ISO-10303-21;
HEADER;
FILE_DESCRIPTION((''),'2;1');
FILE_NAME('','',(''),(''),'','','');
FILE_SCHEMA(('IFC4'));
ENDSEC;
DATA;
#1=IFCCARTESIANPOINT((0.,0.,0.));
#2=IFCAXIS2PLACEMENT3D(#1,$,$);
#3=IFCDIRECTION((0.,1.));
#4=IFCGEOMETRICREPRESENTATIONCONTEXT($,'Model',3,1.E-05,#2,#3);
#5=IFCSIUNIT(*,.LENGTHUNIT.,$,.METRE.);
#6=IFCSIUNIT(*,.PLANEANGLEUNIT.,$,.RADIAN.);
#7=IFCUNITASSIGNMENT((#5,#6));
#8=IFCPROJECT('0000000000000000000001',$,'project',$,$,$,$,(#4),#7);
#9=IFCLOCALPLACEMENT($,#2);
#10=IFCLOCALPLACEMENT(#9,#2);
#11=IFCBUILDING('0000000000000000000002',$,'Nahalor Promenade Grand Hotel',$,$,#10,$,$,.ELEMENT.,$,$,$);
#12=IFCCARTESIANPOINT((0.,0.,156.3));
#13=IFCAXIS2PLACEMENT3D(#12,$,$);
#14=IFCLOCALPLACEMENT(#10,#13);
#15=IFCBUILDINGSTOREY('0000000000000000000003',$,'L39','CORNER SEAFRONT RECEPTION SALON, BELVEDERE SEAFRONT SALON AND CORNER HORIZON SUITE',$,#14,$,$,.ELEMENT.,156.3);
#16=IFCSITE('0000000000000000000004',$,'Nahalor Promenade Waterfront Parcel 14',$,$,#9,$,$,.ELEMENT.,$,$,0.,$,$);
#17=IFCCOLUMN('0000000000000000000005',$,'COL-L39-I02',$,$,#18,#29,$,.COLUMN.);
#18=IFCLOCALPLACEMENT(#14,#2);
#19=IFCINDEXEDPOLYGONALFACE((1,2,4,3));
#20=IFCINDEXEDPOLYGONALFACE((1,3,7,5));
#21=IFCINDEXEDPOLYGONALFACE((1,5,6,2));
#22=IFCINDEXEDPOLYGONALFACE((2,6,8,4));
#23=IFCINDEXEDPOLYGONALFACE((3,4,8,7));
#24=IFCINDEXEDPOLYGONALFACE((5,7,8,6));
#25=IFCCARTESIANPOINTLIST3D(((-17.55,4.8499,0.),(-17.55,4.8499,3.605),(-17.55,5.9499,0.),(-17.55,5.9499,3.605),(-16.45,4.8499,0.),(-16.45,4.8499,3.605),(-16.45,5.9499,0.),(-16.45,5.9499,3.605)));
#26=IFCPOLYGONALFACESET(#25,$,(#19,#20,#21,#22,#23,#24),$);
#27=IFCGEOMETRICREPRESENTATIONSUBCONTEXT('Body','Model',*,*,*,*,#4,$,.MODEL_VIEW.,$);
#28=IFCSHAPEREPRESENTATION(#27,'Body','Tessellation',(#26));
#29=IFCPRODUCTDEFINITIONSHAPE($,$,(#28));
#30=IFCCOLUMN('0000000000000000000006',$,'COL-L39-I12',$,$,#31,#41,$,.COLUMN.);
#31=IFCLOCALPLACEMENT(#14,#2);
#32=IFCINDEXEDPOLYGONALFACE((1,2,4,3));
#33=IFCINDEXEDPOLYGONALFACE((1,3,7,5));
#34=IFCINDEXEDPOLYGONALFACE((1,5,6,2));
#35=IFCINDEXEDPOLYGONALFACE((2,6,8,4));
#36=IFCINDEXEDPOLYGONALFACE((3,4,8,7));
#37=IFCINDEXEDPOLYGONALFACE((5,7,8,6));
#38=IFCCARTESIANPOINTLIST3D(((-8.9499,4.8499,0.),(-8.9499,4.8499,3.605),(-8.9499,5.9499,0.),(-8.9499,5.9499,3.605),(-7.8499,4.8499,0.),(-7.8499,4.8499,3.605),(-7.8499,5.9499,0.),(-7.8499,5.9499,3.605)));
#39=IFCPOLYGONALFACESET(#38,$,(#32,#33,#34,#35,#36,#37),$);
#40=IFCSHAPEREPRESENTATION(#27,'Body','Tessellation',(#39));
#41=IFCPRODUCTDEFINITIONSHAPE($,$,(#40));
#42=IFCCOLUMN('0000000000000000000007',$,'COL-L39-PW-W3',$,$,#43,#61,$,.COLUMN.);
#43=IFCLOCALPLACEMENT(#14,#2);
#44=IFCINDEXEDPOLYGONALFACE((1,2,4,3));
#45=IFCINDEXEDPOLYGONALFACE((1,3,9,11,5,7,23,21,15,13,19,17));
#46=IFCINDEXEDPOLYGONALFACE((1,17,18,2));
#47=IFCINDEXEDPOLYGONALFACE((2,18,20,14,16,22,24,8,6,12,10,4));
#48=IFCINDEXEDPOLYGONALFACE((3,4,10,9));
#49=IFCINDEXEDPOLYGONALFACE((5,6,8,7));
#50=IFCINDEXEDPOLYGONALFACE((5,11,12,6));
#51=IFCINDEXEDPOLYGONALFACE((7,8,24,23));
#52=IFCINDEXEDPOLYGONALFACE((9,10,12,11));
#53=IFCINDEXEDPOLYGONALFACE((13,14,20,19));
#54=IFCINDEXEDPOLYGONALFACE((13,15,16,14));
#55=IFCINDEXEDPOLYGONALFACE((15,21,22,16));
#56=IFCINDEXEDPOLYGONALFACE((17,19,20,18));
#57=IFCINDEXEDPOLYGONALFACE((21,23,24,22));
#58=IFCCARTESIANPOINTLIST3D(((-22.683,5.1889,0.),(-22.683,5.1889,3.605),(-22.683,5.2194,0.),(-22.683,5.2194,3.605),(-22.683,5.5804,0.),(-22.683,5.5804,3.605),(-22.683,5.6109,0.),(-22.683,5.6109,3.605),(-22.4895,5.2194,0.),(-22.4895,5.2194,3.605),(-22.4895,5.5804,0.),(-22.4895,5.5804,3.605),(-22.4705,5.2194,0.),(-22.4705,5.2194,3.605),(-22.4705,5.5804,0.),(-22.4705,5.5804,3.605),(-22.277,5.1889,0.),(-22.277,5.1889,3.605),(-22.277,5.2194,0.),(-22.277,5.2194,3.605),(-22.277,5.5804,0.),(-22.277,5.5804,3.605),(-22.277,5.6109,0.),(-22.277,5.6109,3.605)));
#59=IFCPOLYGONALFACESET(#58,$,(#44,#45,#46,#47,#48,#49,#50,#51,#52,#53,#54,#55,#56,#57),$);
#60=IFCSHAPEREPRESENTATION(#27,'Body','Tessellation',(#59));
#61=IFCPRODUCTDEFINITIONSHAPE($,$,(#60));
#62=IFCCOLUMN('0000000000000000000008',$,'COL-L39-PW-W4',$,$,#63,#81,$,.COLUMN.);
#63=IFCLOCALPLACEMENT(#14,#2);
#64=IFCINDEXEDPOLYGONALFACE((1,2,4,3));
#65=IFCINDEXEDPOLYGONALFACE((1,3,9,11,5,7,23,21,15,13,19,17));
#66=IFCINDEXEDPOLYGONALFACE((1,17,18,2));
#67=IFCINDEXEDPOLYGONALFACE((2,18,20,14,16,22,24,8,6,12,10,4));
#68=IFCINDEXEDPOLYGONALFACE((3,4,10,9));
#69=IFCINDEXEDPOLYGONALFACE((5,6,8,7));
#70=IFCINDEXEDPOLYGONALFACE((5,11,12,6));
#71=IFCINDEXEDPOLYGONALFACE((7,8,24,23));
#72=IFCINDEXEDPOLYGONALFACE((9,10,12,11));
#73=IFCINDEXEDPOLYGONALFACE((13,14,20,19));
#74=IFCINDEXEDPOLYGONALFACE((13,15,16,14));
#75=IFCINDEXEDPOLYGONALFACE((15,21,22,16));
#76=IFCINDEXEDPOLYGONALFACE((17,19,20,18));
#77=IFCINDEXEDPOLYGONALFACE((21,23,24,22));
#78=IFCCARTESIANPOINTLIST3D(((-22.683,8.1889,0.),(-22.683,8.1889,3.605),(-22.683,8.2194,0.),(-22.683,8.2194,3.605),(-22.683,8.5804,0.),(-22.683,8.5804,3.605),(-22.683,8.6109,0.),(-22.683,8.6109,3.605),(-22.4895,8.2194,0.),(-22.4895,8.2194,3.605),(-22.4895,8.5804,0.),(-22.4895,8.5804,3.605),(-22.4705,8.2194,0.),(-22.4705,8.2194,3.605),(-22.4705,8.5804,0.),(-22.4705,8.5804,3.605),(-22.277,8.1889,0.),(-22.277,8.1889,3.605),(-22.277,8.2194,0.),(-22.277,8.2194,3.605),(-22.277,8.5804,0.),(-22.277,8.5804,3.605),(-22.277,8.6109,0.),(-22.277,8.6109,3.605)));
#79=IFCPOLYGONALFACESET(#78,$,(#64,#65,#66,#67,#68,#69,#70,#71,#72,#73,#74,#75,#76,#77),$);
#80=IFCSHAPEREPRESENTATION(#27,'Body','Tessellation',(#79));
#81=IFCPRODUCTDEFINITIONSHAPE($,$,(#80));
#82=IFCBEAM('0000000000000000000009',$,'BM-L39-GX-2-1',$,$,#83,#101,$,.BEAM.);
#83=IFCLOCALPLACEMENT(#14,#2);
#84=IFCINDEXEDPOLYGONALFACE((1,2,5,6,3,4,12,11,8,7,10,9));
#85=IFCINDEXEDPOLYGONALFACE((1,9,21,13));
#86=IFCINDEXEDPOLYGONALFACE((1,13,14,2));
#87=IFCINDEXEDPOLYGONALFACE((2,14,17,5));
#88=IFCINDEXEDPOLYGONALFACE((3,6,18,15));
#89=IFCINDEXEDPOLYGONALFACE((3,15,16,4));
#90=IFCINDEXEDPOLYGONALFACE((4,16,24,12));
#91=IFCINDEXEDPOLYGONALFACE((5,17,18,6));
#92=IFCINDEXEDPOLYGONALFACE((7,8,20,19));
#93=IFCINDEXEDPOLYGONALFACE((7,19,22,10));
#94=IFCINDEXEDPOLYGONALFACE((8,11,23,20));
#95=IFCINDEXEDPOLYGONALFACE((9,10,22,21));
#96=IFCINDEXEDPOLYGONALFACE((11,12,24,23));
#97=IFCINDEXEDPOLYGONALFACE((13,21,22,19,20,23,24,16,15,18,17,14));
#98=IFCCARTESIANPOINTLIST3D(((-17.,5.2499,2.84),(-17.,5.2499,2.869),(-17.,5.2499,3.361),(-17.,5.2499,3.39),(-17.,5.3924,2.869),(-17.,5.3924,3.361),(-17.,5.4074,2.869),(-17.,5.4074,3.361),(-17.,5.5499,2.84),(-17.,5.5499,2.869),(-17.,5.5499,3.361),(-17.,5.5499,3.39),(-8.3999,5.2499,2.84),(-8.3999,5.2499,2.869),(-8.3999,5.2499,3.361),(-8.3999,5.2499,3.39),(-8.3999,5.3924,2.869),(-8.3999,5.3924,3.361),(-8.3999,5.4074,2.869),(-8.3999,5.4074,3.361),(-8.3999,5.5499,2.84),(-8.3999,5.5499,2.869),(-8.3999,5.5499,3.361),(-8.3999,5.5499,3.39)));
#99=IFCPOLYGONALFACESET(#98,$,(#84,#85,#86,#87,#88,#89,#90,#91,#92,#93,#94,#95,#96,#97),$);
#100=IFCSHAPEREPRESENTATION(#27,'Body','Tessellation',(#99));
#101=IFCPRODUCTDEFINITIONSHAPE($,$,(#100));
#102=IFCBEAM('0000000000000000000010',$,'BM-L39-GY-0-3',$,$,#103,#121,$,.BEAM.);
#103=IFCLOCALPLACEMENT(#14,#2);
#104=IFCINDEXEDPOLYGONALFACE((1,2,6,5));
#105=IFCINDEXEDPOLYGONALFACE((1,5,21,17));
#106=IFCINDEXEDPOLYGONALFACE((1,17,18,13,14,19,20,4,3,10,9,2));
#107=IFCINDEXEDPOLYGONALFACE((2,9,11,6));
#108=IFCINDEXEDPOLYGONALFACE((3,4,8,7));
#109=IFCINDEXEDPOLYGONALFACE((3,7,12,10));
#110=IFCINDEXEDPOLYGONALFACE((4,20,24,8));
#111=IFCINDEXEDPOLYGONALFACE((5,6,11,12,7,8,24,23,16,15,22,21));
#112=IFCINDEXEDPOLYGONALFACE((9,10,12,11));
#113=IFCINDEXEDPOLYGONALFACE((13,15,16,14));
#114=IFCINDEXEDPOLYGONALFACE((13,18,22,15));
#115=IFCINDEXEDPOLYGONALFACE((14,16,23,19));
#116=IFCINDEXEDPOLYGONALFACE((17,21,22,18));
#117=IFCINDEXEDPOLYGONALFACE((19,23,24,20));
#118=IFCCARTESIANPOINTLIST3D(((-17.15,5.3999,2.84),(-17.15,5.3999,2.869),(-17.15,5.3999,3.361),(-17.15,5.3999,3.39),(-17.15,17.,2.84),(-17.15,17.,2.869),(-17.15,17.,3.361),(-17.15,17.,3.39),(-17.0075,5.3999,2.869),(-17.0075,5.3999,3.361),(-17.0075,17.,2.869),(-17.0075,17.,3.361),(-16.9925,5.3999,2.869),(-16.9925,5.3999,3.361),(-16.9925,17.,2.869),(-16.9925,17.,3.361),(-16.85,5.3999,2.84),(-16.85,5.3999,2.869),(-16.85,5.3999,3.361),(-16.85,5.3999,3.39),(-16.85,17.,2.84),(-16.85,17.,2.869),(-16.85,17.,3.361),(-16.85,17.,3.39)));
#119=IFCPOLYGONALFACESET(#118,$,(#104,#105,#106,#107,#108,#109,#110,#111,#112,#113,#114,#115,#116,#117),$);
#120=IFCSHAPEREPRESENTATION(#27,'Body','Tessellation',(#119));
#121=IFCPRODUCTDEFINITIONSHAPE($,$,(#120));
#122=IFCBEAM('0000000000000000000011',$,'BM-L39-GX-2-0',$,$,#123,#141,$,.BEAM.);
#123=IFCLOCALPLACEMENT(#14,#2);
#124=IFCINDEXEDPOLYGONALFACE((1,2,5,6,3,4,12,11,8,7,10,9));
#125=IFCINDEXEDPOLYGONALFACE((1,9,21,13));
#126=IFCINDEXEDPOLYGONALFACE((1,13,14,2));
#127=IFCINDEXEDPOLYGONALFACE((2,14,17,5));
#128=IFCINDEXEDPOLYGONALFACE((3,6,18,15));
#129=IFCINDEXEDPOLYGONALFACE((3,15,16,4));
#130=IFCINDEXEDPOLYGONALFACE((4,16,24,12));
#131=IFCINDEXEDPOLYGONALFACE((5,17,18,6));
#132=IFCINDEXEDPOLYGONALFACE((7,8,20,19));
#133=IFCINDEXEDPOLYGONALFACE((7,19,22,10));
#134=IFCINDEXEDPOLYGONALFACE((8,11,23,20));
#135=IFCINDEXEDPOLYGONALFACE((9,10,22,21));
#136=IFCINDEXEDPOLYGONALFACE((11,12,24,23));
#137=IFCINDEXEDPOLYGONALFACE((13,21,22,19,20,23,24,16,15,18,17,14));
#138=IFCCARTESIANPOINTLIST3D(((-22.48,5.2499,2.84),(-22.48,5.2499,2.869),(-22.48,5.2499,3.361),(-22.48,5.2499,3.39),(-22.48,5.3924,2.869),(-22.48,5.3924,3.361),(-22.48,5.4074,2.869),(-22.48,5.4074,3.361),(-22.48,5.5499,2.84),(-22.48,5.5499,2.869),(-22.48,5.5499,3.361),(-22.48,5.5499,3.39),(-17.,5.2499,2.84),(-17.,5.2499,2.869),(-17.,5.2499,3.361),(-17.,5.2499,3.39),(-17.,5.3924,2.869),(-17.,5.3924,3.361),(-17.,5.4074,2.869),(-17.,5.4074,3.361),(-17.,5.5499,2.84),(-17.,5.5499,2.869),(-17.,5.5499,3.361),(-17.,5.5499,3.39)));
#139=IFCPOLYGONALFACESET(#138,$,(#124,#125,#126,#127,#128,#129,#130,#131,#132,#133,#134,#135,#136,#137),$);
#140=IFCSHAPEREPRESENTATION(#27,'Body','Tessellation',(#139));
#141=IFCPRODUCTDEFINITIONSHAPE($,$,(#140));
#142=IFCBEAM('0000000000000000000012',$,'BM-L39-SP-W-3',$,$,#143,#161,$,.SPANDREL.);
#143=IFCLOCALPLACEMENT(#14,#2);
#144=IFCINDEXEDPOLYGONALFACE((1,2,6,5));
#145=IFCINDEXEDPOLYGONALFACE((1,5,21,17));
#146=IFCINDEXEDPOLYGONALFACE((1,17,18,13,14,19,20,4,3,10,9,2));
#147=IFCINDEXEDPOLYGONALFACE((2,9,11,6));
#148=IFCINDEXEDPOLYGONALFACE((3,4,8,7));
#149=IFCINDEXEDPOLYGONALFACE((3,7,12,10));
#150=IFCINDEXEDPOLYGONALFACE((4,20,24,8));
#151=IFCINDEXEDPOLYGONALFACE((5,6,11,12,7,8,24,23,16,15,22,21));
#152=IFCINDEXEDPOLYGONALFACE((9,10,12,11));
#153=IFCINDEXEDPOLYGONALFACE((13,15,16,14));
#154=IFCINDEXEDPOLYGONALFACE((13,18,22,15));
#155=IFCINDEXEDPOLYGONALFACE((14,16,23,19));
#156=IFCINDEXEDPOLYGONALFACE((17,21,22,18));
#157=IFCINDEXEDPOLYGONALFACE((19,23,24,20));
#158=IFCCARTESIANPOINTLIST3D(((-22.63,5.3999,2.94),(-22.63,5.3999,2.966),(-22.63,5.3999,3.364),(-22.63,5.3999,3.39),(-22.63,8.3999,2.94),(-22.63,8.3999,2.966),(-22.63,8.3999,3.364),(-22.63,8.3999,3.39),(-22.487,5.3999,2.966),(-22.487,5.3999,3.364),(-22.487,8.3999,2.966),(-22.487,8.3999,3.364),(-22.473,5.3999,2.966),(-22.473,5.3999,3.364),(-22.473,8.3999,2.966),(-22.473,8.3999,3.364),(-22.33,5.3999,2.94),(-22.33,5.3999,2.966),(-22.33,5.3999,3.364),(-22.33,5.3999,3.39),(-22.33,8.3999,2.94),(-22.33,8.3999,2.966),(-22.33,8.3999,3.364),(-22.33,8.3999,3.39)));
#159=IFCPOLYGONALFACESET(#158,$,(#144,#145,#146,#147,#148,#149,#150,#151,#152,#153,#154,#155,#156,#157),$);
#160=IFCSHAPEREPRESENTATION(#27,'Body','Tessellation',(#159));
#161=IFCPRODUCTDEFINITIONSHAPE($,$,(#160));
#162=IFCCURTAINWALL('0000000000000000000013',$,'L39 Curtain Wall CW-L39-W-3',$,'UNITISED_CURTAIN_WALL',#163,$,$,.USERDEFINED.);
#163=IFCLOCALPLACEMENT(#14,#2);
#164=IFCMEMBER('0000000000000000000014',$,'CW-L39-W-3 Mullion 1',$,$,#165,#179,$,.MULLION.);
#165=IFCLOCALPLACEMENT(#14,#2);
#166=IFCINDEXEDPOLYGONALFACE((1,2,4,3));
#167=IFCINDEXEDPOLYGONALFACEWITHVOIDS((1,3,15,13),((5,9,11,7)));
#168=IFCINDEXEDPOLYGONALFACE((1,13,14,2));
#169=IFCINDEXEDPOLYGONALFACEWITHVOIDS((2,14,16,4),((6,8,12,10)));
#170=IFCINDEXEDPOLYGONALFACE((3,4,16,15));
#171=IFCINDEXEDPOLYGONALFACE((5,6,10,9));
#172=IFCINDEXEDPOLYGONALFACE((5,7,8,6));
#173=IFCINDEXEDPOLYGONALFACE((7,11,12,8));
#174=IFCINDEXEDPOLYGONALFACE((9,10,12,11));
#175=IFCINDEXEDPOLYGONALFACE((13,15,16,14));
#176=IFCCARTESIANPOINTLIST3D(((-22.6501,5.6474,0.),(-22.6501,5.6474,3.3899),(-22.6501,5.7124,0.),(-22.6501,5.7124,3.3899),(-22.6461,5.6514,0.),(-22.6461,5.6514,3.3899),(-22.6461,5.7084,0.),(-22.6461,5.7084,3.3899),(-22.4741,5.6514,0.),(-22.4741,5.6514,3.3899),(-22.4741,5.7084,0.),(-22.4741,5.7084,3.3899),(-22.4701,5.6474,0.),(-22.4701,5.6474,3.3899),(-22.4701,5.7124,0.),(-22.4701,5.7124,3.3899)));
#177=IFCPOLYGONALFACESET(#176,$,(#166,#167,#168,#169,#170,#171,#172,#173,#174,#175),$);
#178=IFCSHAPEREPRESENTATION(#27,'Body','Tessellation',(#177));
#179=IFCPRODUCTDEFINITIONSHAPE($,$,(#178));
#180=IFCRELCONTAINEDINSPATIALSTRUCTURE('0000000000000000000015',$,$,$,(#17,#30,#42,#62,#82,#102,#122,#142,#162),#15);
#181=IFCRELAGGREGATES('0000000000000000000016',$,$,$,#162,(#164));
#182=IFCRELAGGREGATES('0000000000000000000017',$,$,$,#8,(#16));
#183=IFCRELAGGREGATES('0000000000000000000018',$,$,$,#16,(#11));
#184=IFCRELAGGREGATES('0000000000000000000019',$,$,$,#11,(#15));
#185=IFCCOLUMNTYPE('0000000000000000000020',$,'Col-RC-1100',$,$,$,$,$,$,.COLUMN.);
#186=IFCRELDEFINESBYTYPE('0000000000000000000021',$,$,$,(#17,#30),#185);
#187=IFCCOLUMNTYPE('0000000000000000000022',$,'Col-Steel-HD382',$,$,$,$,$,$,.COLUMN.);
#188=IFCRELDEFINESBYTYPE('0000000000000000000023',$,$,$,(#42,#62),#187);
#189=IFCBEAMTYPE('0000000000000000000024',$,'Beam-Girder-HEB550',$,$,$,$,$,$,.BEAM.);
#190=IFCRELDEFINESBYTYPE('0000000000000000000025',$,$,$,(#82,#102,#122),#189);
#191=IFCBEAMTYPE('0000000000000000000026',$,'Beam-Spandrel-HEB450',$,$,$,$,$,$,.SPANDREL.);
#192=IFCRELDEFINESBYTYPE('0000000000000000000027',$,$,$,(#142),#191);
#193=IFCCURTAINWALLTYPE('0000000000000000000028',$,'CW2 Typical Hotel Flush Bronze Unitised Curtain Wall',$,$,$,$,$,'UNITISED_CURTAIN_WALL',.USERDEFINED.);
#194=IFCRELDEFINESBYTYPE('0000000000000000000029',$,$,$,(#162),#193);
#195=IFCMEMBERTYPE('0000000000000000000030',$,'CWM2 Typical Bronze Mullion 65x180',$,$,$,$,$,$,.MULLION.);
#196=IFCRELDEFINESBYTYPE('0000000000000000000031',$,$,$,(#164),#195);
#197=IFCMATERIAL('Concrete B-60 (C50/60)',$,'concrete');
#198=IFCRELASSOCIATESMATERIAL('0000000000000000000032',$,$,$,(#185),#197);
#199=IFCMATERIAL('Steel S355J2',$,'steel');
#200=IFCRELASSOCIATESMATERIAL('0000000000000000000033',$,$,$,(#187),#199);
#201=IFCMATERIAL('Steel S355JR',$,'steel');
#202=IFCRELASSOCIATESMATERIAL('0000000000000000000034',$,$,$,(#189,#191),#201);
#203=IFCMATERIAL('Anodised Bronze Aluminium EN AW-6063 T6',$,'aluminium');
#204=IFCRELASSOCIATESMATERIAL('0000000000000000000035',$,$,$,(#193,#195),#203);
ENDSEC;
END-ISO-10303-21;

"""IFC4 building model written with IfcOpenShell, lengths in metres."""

from ifc_helpers import new_model, si_unit, direction, frame, origin, origin_2d, place, context, subcontext, project, spatial, rectangle, hollow_rectangle, i_section, extrude, source, transform, mapped, material, material_profile, profile_set, type_object, element, aggregate, save


model = new_model("IFC4")

# Units and contexts
model_context = context("Model", 3, precision=1e-05, world=origin(), true_north=direction((0.0, 1.0)))
body_context = subcontext(model_context, "Body", "Model", "MODEL_VIEW")
ifc_project = project(units=[si_unit("LENGTHUNIT", "METRE"), si_unit("PLANEANGLEUNIT", "RADIAN")], contexts=[model_context])

# Site, building, storey
site_placement = place(None, origin())
site = spatial("IfcSite", under=ifc_project, at=site_placement, Name="Nahalor Promenade Waterfront Parcel 14", CompositionType="ELEMENT", RefElevation=0.0)
building_placement = place(site_placement, origin())
building = spatial("IfcBuilding", under=site, at=building_placement, Name="Nahalor Promenade Grand Hotel", CompositionType="ELEMENT")
storey_placement = place(building_placement, frame((0.0, 0.0, 156.3)))
storey = spatial("IfcBuildingStorey", under=building, at=storey_placement, Name="L39", Description="CORNER SEAFRONT RECEPTION SALON, BELVEDERE SEAFRONT SALON AND CORNER HORIZON SUITE", CompositionType="ELEMENT", Elevation=156.3)

# Columns
ifc_material_1 = material(Name="Concrete B-60 (C50/60)", Category="concrete")
ifc_material_profile_1 = material_profile(ifc_material_1, rectangle(XDim=1.1, YDim=1.1, at=origin_2d()), Name="RC 1100x1100")
ifc_profile_set_1 = profile_set([ifc_material_profile_1], Name="Concrete B-60 (C50/60)")
column_type_1 = type_object("IfcColumnType", Name="Col-RC-1100", PredefinedType="COLUMN", material=ifc_profile_set_1)
shared_shape_1 = source(origin(), body_context, "Body", "SweptSolid", [
    extrude(rectangle(XDim=1.1, YDim=1.1, at=origin_2d()), origin(), (0.0, 0.0, 1.0), 3.605),
])
for number, where, z_axis, x_axis, name in (
    (1, (-17.0, 5.3999, 0.0), (0.0, 0.0, 1.0), (1.0, 0.0, 0.0), "COL-L39-I02"),
    (2, (-8.3999, 5.3999, 0.0), (0.0, 0.0, 1.0), (1.0, 0.0, 0.0), "COL-L39-I12"),
):
    element("IfcColumn", number, at=place(storey_placement, frame(where, z_axis=z_axis, x_axis=x_axis)), inside=storey, type_object=column_type_1, Name=name, PredefinedType="COLUMN", context=body_context, shape_type="MappedRepresentation", body=[
        mapped(shared_shape_1, transform((0.0, 0.0, 0.0), scale=1.0)),
    ])
ifc_material_2 = material(Name="Steel S355J2", Category="steel")
ifc_material_profile_2 = material_profile(ifc_material_2, i_section(OverallWidth=0.406, OverallDepth=0.422, WebThickness=0.019, FlangeThickness=0.0305, at=origin_2d()), Name="HD 400x382")
ifc_profile_set_2 = profile_set([ifc_material_profile_2], Name="Steel S355J2")
column_type_2 = type_object("IfcColumnType", Name="Col-Steel-HD382", PredefinedType="COLUMN", material=ifc_profile_set_2)
shared_shape_2 = source(origin(), body_context, "Body", "SweptSolid", [
    extrude(i_section(OverallWidth=0.406, OverallDepth=0.422, WebThickness=0.019, FlangeThickness=0.0305, at=origin_2d()), origin(), (0.0, 0.0, 1.0), 3.605),
])
for number, where, z_axis, x_axis, name in (
    (3, (-22.48, 5.3999, 0.0), (0.0, 0.0, 1.0), (1.0, 0.0, 0.0), "COL-L39-PW-W3"),
    (4, (-22.48, 8.3999, 0.0), (0.0, 0.0, 1.0), (1.0, 0.0, 0.0), "COL-L39-PW-W4"),
):
    element("IfcColumn", number, at=place(storey_placement, frame(where, z_axis=z_axis, x_axis=x_axis)), inside=storey, type_object=column_type_2, Name=name, PredefinedType="COLUMN", context=body_context, shape_type="MappedRepresentation", body=[
        mapped(shared_shape_2, transform((0.0, 0.0, 0.0), scale=1.0)),
    ])

# Beams
ifc_material_3 = material(Name="Steel S355JR", Category="steel")
ifc_material_profile_3 = material_profile(ifc_material_3, i_section(OverallWidth=0.3, OverallDepth=0.55, WebThickness=0.015, FlangeThickness=0.029, at=origin_2d()), Name="HEB 550")
ifc_profile_set_3 = profile_set([ifc_material_profile_3], Name="Steel S355JR")
beam_type_1 = type_object("IfcBeamType", Name="Beam-Girder-HEB550", PredefinedType="BEAM", material=ifc_profile_set_3)
shared_shape_3 = source(origin(), body_context, "Body", "SweptSolid", [
    extrude(i_section(OverallWidth=0.3, OverallDepth=0.55, WebThickness=0.015, FlangeThickness=0.029, at=origin_2d()), origin(), (0.0, 0.0, 1.0), 8.6001),
])
beam_1_placement = place(storey_placement, frame((-17.0, 5.3999, 3.115), z_axis=(1.0, 0.0, 0.0), x_axis=(0.0, 1.0, 0.0)))
element("IfcBeam", 5, at=beam_1_placement, inside=storey, type_object=beam_type_1, Name="BM-L39-GX-2-1", PredefinedType="BEAM", context=body_context, shape_type="MappedRepresentation", body=[
    mapped(shared_shape_3, transform((0.0, 0.0, 0.0), scale=1.0)),
])
shared_shape_4 = source(origin(), body_context, "Body", "SweptSolid", [
    extrude(i_section(OverallWidth=0.3, OverallDepth=0.55, WebThickness=0.015, FlangeThickness=0.029, at=origin_2d()), origin(), (0.0, 0.0, 1.0), 11.6001),
])
beam_2_placement = place(storey_placement, frame((-17.0, 5.3999, 3.115), z_axis=(0.0, 1.0, 0.0), x_axis=(-1.0, 0.0, 0.0)))
element("IfcBeam", 6, at=beam_2_placement, inside=storey, type_object=beam_type_1, Name="BM-L39-GY-0-3", PredefinedType="BEAM", context=body_context, shape_type="MappedRepresentation", body=[
    mapped(shared_shape_4, transform((0.0, 0.0, 0.0), scale=1.0)),
])
shared_shape_5 = source(origin(), body_context, "Body", "SweptSolid", [
    extrude(i_section(OverallWidth=0.3, OverallDepth=0.55, WebThickness=0.015, FlangeThickness=0.029, at=origin_2d()), origin(), (0.0, 0.0, 1.0), 5.48),
])
beam_3_placement = place(storey_placement, frame((-22.48, 5.3999, 3.115), z_axis=(1.0, 0.0, 0.0), x_axis=(0.0, 1.0, 0.0)))
element("IfcBeam", 7, at=beam_3_placement, inside=storey, type_object=beam_type_1, Name="BM-L39-GX-2-0", PredefinedType="BEAM", context=body_context, shape_type="MappedRepresentation", body=[
    mapped(shared_shape_5, transform((0.0, 0.0, 0.0), scale=1.0)),
])
ifc_material_profile_4 = material_profile(ifc_material_3, i_section(OverallWidth=0.3, OverallDepth=0.45, WebThickness=0.014, FlangeThickness=0.026, at=origin_2d()), Name="HEB 450")
ifc_profile_set_4 = profile_set([ifc_material_profile_4], Name="Steel S355JR")
beam_type_2 = type_object("IfcBeamType", Name="Beam-Spandrel-HEB450", PredefinedType="SPANDREL", material=ifc_profile_set_4)
shared_shape_6 = source(origin(), body_context, "Body", "SweptSolid", [
    extrude(i_section(OverallWidth=0.3, OverallDepth=0.45, WebThickness=0.014, FlangeThickness=0.026, at=origin_2d()), origin(), (0.0, 0.0, 1.0), 3.0),
])
beam_4_placement = place(storey_placement, frame((-22.48, 5.3999, 3.165), z_axis=(0.0, 1.0, 0.0), x_axis=(-1.0, 0.0, 0.0)))
element("IfcBeam", 8, at=beam_4_placement, inside=storey, type_object=beam_type_2, Name="BM-L39-SP-W-3", PredefinedType="SPANDREL", context=body_context, shape_type="MappedRepresentation", body=[
    mapped(shared_shape_6, transform((0.0, 0.0, 0.0), scale=1.0)),
])

# Curtain wall, member
ifc_material_4 = material(Name="Anodised Bronze Aluminium EN AW-6063 T6", Category="aluminium")
curtain_wall_type = type_object("IfcCurtainWallType", Name="CW2 Typical Hotel Flush Bronze Unitised Curtain Wall", ElementType="UNITISED_CURTAIN_WALL", PredefinedType="USERDEFINED", material=ifc_material_4)
curtain_wall_placement = place(storey_placement, origin())
curtain_wall = element("IfcCurtainWall", 9, at=curtain_wall_placement, inside=storey, type_object=curtain_wall_type, Name="L39 Curtain Wall CW-L39-W-3", ObjectType="UNITISED_CURTAIN_WALL", PredefinedType="USERDEFINED")
ifc_material_profile_5 = material_profile(ifc_material_4, hollow_rectangle(XDim=0.065, YDim=0.18, WallThickness=0.004, at=origin_2d()), Name="CWM 65x180x4")
ifc_profile_set_5 = profile_set([ifc_material_profile_5], Name="Anodised Bronze Aluminium EN AW-6063 T6")
member_type_1 = type_object("IfcMemberType", Name="CWM2 Typical Bronze Mullion 65x180", PredefinedType="MULLION", material=ifc_profile_set_5)
shared_shape_7 = source(origin(), body_context, "Body", "SweptSolid", [
    extrude(hollow_rectangle(XDim=0.065, YDim=0.18, WallThickness=0.004, at=origin_2d()), origin(), (0.0, 0.0, 1.0), 3.3899),
])
member_1_placement = place(storey_placement, frame((-22.5601, 5.6799, 0.0), z_axis=(0.0, 0.0, 1.0), x_axis=(0.0, 1.0, 0.0)))
member_1 = element("IfcMember", 10, at=member_1_placement, type_object=member_type_1, Name="CW-L39-W-3 Mullion 1", PredefinedType="MULLION", context=body_context, shape_type="MappedRepresentation", body=[
    mapped(shared_shape_7, transform((0.0, 0.0, 0.0), scale=1.0)),
])
aggregate(curtain_wall, [member_1])

save(model, "model.ifc")
